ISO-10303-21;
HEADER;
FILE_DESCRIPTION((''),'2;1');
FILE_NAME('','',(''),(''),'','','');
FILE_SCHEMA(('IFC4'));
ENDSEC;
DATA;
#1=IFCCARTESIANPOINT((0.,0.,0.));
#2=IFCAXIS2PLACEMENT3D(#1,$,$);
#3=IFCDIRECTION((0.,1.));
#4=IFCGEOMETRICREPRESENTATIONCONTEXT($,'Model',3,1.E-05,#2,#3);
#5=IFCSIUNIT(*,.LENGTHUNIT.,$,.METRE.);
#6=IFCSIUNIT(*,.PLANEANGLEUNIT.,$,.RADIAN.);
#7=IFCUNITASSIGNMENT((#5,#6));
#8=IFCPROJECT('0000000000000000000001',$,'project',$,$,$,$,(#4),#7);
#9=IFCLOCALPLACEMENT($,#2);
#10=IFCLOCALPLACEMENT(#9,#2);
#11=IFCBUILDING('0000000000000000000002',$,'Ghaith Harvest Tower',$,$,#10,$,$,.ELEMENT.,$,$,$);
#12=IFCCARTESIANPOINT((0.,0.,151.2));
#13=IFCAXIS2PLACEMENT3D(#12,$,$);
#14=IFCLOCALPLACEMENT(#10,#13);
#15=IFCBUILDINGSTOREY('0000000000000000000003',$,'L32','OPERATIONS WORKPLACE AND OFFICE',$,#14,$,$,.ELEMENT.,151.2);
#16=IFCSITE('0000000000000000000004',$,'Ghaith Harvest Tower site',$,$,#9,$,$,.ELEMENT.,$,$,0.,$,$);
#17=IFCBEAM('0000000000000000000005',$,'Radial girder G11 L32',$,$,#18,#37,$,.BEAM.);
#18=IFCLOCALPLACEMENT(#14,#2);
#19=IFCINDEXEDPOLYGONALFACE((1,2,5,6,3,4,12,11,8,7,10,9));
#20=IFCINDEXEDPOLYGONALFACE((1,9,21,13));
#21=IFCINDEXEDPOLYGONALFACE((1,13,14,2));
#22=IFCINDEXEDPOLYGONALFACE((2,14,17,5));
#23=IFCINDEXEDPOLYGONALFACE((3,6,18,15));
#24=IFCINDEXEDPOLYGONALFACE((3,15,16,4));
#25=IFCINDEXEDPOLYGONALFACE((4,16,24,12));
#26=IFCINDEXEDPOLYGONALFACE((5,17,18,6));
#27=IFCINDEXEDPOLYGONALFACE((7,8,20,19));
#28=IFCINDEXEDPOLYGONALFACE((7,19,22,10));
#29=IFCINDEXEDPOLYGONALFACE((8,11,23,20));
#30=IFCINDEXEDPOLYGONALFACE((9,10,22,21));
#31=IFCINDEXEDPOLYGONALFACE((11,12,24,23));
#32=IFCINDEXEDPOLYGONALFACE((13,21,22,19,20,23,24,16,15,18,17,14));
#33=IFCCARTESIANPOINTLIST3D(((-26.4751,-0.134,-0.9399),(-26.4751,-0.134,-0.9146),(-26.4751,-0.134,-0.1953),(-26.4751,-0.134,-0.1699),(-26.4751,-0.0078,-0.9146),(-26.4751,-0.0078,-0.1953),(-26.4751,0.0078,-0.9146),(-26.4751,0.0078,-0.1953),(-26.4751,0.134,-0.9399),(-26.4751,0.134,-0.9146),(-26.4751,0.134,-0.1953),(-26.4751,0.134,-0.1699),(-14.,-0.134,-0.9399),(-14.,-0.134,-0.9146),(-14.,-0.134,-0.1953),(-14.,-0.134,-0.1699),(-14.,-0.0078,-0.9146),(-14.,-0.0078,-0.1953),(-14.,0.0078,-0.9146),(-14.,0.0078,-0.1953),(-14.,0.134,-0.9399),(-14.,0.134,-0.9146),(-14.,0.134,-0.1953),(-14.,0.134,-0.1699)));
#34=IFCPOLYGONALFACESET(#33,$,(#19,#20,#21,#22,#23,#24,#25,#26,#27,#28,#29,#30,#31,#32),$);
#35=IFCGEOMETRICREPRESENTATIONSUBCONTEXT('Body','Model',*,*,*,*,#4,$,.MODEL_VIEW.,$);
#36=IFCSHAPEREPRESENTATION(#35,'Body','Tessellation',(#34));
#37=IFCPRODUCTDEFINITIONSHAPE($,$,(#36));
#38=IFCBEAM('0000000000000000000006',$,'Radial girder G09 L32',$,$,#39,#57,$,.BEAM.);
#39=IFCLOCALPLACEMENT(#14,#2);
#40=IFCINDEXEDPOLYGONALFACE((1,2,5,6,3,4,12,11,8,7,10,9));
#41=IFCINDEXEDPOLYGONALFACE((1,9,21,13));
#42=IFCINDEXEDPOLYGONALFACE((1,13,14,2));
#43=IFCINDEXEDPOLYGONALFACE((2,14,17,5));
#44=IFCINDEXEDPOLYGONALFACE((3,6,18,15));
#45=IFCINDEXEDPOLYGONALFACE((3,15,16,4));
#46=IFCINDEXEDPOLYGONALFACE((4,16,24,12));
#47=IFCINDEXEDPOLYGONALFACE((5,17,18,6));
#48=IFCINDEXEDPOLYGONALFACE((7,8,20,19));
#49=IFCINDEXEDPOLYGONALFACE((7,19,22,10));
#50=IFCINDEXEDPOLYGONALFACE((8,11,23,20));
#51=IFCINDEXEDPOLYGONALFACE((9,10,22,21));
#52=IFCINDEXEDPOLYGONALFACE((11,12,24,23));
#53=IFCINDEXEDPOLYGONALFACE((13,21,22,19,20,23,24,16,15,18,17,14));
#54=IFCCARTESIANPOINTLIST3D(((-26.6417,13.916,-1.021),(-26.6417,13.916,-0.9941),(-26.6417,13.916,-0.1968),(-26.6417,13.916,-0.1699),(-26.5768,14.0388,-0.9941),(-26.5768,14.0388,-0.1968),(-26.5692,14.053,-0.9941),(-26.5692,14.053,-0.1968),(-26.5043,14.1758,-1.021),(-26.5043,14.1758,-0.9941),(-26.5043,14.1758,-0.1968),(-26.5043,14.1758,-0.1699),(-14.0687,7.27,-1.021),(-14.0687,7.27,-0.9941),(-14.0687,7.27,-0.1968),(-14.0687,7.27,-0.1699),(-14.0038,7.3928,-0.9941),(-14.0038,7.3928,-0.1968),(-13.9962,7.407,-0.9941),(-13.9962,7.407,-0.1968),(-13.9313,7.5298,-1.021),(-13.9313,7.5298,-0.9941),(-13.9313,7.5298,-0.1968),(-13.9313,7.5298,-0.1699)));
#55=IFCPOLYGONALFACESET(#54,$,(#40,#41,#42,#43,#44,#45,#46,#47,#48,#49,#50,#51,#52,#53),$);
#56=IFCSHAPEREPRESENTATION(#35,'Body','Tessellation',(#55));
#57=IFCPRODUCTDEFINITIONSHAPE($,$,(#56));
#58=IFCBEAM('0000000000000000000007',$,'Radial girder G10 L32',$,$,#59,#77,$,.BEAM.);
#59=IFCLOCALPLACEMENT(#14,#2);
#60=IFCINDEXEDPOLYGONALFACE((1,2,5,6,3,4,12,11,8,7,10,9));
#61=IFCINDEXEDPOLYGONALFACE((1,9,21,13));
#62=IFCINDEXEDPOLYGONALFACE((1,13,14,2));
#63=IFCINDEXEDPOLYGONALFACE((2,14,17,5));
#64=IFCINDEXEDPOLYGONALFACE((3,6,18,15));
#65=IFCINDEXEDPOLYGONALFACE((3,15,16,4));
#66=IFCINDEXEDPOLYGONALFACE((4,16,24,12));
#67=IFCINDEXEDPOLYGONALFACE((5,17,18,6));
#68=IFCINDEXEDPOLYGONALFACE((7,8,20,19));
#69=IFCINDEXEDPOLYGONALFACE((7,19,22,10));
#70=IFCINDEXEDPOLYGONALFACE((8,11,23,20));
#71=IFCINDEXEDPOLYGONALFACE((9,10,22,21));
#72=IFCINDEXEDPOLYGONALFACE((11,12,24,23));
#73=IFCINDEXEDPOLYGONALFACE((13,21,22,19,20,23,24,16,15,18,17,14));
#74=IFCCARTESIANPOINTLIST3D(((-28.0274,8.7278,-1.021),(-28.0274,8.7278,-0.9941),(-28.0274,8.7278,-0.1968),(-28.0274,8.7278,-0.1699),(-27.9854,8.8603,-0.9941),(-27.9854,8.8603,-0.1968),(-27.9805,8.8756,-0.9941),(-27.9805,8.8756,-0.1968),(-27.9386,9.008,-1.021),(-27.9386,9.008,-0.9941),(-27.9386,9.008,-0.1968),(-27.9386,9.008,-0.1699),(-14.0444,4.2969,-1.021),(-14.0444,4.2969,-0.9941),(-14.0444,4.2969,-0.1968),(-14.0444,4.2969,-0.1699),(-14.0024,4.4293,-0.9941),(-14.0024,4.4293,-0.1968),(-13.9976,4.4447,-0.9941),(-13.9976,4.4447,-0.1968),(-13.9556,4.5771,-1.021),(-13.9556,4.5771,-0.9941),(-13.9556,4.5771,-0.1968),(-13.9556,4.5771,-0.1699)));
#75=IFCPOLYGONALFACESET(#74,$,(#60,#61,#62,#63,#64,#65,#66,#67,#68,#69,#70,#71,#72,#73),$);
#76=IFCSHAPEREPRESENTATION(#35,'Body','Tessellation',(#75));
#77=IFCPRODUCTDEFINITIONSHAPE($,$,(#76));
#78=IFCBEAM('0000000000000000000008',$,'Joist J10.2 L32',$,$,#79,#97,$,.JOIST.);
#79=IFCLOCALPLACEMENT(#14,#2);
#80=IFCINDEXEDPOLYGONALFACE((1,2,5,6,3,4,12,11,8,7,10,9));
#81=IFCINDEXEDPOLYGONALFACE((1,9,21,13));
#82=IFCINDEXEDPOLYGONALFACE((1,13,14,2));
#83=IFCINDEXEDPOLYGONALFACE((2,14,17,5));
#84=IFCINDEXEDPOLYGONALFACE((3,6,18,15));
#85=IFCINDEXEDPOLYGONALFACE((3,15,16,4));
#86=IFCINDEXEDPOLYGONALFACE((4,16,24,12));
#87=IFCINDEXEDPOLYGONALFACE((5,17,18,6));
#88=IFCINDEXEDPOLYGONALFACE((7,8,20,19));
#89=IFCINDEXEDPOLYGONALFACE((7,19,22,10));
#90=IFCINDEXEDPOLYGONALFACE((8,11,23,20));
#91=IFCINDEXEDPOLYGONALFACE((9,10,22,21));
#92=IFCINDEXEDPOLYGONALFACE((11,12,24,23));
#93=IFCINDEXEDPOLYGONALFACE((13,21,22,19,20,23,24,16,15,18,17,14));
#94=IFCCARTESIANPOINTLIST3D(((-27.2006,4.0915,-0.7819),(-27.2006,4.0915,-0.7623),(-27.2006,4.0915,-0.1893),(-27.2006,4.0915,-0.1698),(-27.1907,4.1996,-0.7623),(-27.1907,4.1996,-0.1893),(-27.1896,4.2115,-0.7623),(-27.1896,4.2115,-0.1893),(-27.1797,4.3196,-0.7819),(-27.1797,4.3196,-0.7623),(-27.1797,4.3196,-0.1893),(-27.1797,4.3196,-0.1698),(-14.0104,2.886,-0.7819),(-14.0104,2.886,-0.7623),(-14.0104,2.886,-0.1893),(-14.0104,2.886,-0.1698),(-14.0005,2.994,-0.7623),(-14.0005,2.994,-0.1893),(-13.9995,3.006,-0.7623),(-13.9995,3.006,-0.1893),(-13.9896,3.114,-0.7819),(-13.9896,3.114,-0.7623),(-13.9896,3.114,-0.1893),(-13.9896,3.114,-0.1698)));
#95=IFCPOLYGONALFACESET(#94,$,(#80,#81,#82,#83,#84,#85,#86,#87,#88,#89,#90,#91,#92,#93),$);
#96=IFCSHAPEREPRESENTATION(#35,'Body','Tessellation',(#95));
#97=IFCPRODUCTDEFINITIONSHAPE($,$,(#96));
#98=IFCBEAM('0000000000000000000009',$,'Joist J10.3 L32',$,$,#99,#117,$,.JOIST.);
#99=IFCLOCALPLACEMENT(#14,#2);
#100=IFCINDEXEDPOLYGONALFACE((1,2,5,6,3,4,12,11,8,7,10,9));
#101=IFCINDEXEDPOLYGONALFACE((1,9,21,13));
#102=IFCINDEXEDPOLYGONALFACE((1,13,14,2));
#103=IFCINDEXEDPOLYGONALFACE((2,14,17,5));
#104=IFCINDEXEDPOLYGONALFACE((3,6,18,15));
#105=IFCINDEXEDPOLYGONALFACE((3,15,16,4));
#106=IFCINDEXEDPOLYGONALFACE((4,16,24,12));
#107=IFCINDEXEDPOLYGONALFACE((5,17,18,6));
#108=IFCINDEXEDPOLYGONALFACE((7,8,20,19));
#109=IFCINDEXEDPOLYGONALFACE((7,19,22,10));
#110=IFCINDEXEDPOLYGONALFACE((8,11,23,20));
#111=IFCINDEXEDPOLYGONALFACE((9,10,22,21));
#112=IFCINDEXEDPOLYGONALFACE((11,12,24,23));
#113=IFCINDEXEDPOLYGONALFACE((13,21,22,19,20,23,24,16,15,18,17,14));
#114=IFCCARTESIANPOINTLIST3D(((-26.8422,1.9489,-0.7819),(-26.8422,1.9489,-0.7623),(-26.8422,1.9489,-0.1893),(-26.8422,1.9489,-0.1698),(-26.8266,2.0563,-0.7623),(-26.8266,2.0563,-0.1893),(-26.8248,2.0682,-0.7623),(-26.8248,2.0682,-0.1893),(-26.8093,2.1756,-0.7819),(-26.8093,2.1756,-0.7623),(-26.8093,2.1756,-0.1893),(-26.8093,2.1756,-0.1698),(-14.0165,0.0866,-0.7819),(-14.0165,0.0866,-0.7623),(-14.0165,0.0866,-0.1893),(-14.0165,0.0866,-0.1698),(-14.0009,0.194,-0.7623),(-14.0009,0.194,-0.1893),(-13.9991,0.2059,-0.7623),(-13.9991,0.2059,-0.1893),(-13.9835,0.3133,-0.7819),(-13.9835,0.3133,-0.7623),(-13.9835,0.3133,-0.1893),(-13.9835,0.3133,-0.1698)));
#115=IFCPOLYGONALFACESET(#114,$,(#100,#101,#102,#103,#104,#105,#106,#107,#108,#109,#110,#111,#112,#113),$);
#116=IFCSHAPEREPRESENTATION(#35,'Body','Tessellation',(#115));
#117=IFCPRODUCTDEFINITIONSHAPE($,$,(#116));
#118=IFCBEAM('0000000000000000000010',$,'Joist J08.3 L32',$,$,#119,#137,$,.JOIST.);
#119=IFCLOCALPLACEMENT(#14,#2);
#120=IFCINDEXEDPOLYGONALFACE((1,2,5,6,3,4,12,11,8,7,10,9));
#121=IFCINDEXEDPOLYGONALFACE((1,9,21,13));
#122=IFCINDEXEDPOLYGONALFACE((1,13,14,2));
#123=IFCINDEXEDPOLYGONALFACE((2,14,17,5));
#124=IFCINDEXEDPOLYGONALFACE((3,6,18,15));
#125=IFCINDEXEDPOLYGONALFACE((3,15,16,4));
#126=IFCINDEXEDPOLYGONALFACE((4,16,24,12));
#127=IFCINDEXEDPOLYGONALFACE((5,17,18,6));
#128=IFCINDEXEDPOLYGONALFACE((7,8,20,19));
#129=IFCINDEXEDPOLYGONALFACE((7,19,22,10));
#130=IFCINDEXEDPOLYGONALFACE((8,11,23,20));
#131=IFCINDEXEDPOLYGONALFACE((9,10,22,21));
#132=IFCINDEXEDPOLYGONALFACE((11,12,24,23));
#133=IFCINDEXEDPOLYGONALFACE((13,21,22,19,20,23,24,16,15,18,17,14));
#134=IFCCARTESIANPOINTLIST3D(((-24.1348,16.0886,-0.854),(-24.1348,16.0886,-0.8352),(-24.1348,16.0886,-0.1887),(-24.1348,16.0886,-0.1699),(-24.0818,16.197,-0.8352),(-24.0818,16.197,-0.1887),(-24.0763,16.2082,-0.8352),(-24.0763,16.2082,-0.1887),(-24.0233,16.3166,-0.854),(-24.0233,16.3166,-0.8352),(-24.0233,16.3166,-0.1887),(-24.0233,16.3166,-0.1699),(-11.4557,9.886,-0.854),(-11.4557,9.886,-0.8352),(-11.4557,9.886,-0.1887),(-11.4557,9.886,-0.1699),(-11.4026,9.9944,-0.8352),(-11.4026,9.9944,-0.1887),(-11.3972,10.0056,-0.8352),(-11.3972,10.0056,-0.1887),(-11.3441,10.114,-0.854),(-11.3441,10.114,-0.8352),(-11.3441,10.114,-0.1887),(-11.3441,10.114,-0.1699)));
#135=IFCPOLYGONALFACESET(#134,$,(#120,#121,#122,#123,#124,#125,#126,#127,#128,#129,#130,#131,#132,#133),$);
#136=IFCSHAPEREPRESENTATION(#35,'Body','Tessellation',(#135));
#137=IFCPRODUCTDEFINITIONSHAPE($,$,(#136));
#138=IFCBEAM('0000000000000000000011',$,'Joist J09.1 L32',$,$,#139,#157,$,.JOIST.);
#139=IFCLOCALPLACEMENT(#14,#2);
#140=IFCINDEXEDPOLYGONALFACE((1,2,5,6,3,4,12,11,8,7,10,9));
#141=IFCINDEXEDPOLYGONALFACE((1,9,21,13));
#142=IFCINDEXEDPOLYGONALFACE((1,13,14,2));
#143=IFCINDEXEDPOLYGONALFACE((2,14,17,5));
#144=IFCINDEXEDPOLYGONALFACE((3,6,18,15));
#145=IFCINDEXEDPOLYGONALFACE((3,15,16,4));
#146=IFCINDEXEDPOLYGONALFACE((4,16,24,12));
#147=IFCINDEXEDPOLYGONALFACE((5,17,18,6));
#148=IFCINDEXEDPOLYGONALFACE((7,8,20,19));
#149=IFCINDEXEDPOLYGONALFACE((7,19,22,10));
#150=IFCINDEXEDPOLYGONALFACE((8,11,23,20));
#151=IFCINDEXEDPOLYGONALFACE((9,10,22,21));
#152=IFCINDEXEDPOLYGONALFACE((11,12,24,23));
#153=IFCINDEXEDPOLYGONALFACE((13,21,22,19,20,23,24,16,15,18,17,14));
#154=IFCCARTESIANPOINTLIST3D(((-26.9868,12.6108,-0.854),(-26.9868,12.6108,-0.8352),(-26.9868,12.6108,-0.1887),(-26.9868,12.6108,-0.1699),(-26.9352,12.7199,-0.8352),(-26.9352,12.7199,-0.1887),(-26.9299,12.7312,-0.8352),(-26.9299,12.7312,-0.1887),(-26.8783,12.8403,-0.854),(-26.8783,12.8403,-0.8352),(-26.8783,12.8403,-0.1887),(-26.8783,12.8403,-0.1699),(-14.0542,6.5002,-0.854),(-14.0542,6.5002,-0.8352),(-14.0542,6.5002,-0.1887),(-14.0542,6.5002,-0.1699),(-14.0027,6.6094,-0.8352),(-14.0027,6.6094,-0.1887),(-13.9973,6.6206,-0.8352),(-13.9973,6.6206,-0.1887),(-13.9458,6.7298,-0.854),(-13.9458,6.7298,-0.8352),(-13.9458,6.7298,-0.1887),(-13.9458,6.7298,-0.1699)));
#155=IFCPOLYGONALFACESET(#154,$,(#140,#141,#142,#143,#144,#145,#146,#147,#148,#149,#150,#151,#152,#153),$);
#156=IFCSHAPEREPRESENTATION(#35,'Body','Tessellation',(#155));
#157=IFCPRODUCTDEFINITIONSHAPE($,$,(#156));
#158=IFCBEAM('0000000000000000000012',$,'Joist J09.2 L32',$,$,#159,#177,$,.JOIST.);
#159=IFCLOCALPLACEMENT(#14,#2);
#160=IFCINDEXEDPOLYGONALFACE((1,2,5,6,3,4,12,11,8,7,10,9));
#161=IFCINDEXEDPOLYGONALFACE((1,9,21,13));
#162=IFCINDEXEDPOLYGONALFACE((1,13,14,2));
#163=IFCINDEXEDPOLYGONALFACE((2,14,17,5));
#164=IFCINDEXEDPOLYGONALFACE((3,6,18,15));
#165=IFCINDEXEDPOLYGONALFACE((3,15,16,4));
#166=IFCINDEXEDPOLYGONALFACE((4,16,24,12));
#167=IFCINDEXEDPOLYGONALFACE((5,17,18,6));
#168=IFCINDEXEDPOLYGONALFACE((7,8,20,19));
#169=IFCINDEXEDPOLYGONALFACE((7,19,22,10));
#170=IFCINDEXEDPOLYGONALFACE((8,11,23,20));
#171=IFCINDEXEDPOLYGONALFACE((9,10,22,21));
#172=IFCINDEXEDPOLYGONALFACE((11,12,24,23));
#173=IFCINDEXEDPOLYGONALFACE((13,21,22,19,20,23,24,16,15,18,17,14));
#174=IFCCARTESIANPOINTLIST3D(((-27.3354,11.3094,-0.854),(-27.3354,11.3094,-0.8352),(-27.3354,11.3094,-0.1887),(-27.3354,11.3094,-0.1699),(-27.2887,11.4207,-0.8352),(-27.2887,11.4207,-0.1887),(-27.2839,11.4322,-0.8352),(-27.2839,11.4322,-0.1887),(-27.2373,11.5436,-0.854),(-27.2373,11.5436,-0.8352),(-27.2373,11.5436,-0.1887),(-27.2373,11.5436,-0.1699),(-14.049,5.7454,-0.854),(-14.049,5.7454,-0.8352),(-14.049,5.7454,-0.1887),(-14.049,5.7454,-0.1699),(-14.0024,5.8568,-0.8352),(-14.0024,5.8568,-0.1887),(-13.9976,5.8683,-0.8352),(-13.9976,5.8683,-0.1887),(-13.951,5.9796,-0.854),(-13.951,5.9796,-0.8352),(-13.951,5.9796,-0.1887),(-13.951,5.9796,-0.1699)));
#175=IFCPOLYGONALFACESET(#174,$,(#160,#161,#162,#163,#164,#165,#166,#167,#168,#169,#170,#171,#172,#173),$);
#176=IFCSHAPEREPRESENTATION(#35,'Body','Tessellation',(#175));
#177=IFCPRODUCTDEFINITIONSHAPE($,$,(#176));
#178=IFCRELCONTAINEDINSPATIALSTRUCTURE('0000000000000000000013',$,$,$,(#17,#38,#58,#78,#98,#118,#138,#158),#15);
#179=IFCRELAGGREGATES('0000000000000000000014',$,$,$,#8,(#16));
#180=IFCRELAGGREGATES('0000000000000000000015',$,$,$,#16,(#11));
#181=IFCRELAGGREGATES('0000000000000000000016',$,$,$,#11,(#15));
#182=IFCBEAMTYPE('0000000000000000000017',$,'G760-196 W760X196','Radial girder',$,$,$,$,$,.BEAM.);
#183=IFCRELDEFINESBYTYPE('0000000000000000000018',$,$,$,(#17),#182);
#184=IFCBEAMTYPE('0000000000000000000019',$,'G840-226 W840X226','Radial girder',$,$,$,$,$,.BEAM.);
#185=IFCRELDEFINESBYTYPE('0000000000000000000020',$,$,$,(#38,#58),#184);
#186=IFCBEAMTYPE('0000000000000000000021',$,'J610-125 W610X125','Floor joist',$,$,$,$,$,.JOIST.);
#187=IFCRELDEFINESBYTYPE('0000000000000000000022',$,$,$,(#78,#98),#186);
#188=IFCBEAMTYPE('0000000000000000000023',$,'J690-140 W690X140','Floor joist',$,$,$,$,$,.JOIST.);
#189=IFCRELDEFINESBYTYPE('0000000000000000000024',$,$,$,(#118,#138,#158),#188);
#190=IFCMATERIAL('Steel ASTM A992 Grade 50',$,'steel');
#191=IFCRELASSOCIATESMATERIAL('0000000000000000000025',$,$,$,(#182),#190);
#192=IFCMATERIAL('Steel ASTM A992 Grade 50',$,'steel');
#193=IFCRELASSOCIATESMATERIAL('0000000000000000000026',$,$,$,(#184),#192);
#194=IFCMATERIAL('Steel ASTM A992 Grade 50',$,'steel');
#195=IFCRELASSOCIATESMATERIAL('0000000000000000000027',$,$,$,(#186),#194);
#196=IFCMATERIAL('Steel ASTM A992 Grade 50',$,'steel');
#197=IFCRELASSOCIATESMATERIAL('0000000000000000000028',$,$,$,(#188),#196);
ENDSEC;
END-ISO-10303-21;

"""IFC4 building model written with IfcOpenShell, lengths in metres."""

from ifc_helpers import new_model, si_unit, direction, frame, origin, origin_2d, place, context, subcontext, project, spatial, i_section, extrude, material, material_profile, profile_set, type_object, element, save


model = new_model("IFC4")

# Units and contexts
model_context = context("Model", 3, precision=1e-05, world=origin(), true_north=direction((0.0, 1.0)))
body_context = subcontext(model_context, "Body", "Model", "MODEL_VIEW")
ifc_project = project(units=[si_unit("LENGTHUNIT", "METRE"), si_unit("PLANEANGLEUNIT", "RADIAN")], contexts=[model_context])

# Site, building, storey
site_placement = place(None, origin())
site = spatial("IfcSite", under=ifc_project, at=site_placement, Name="Ghaith Harvest Tower site", CompositionType="ELEMENT", RefElevation=0.0)
building_placement = place(site_placement, origin())
building = spatial("IfcBuilding", under=site, at=building_placement, Name="Ghaith Harvest Tower", CompositionType="ELEMENT")
storey_placement = place(building_placement, frame((0.0, 0.0, 151.2)))
storey = spatial("IfcBuildingStorey", under=building, at=storey_placement, Name="L32", Description="OPERATIONS WORKPLACE AND OFFICE", CompositionType="ELEMENT", Elevation=151.2)

# Beams
ifc_material_1 = material(Name="Steel ASTM A992 Grade 50", Category="steel")
ifc_material_profile_1 = material_profile(ifc_material_1, i_section(OverallWidth=0.2681, OverallDepth=0.77, WebThickness=0.0156, FlangeThickness=0.0254, at=origin_2d()), Name="W760X196")
ifc_profile_set_1 = profile_set([ifc_material_profile_1], Name="Steel ASTM A992 Grade 50")
beam_type_1 = type_object("IfcBeamType", Name="G760-196 W760X196", Description="Radial girder", PredefinedType="BEAM", material=ifc_profile_set_1)
beam_1_placement = place(storey_placement, frame((-14.0, 0.0, -0.5549), z_axis=(-1.0, 0.0, 0.0), x_axis=(0.0, -1.0, 0.0)))
element("IfcBeam", 1, at=beam_1_placement, inside=storey, type_object=beam_type_1, Name="Radial girder G11 L32", PredefinedType="BEAM", context=body_context, shape_type="SweptSolid", body=[
    extrude(i_section(OverallWidth=0.2681, OverallDepth=0.77, WebThickness=0.0156, FlangeThickness=0.0254, at=origin_2d()), origin(), (0.0, 0.0, 1.0), 12.4751),
])
ifc_material_2 = material(Name="Steel ASTM A992 Grade 50", Category="steel")
ifc_material_profile_2 = material_profile(ifc_material_2, i_section(OverallWidth=0.2939, OverallDepth=0.8511, WebThickness=0.0161, FlangeThickness=0.0269, at=origin_2d()), Name="W840X226")
ifc_profile_set_2 = profile_set([ifc_material_profile_2], Name="Steel ASTM A992 Grade 50")
beam_type_2 = type_object("IfcBeamType", Name="G840-226 W840X226", Description="Radial girder", PredefinedType="BEAM", material=ifc_profile_set_2)
beam_2_placement = place(storey_placement, frame((-14.0, 7.3999, -0.5955), z_axis=(-0.884087, 0.467322, 0.0), x_axis=(-0.467322, -0.884087, 0.0)))
element("IfcBeam", 2, at=beam_2_placement, inside=storey, type_object=beam_type_2, Name="Radial girder G09 L32", PredefinedType="BEAM", context=body_context, shape_type="SweptSolid", body=[
    extrude(i_section(OverallWidth=0.2939, OverallDepth=0.8511, WebThickness=0.0161, FlangeThickness=0.0269, at=origin_2d()), origin(), (0.0, 0.0, 1.0), 14.2214),
])
beam_3_placement = place(storey_placement, frame((-14.0, 4.437, -0.5955), z_axis=(-0.953284, 0.302077, 0.0), x_axis=(-0.302077, -0.953284, 0.0)))
element("IfcBeam", 3, at=beam_3_placement, inside=storey, type_object=beam_type_2, Name="Radial girder G10 L32", PredefinedType="BEAM", context=body_context, shape_type="SweptSolid", body=[
    extrude(i_section(OverallWidth=0.2939, OverallDepth=0.8511, WebThickness=0.0161, FlangeThickness=0.0269, at=origin_2d()), origin(), (0.0, 0.0, 1.0), 14.6682),
])
ifc_material_3 = material(Name="Steel ASTM A992 Grade 50", Category="steel")
ifc_material_profile_3 = material_profile(ifc_material_3, i_section(OverallWidth=0.229, OverallDepth=0.6121, WebThickness=0.012, FlangeThickness=0.0195, at=origin_2d()), Name="W610X125")
ifc_profile_set_3 = profile_set([ifc_material_profile_3], Name="Steel ASTM A992 Grade 50")
beam_type_3 = type_object("IfcBeamType", Name="J610-125 W610X125", Description="Floor joist", PredefinedType="JOIST", material=ifc_profile_set_3)
beam_4_placement = place(storey_placement, frame((-14.0, 3.0, -0.4758), z_axis=(-0.995849, 0.091019, 0.0), x_axis=(-0.091019, -0.995849, 0.0)))
element("IfcBeam", 4, at=beam_4_placement, inside=storey, type_object=beam_type_3, Name="Joist J10.2 L32", PredefinedType="JOIST", context=body_context, shape_type="SweptSolid", body=[
    extrude(i_section(OverallWidth=0.229, OverallDepth=0.6121, WebThickness=0.012, FlangeThickness=0.0195, at=origin_2d()), origin(), (0.0, 0.0, 1.0), 13.2451),
])
beam_5_placement = place(storey_placement, frame((-14.0, 0.2, -0.4758), z_axis=(-0.989622, 0.143694, 0.0), x_axis=(-0.143694, -0.989622, 0.0)))
element("IfcBeam", 5, at=beam_5_placement, inside=storey, type_object=beam_type_3, Name="Joist J10.3 L32", PredefinedType="JOIST", context=body_context, shape_type="SweptSolid", body=[
    extrude(i_section(OverallWidth=0.229, OverallDepth=0.6121, WebThickness=0.012, FlangeThickness=0.0195, at=origin_2d()), origin(), (0.0, 0.0, 1.0), 12.9602),
])
ifc_material_4 = material(Name="Steel ASTM A992 Grade 50", Category="steel")
ifc_material_profile_4 = material_profile(ifc_material_4, i_section(OverallWidth=0.2539, OverallDepth=0.6841, WebThickness=0.0125, FlangeThickness=0.0188, at=origin_2d()), Name="W690X140")
ifc_profile_set_4 = profile_set([ifc_material_profile_4], Name="Steel ASTM A992 Grade 50")
beam_type_4 = type_object("IfcBeamType", Name="J690-140 W690X140", Description="Floor joist", PredefinedType="JOIST", material=ifc_profile_set_4)
beam_6_placement = place(storey_placement, frame((-11.3999, 10.0, -0.512), z_axis=(-0.898275, 0.439434, 0.0), x_axis=(-0.439434, -0.898275, 0.0)))
element("IfcBeam", 6, at=beam_6_placement, inside=storey, type_object=beam_type_4, Name="Joist J08.3 L32", PredefinedType="JOIST", context=body_context, shape_type="SweptSolid", body=[
    extrude(i_section(OverallWidth=0.2539, OverallDepth=0.6841, WebThickness=0.0125, FlangeThickness=0.0188, at=origin_2d()), origin(), (0.0, 0.0, 1.0), 14.115),
])
beam_7_placement = place(storey_placement, frame((-14.0, 6.615, -0.512), z_axis=(-0.904153, 0.427208, 0.0), x_axis=(-0.427208, -0.904153, 0.0)))
element("IfcBeam", 7, at=beam_7_placement, inside=storey, type_object=beam_type_4, Name="Joist J09.1 L32", PredefinedType="JOIST", context=body_context, shape_type="SweptSolid", body=[
    extrude(i_section(OverallWidth=0.2539, OverallDepth=0.6841, WebThickness=0.0125, FlangeThickness=0.0188, at=origin_2d()), origin(), (0.0, 0.0, 1.0), 14.3035),
])
beam_8_placement = place(storey_placement, frame((-14.0, 5.8625, -0.512), z_axis=(-0.922386, 0.38627, 0.0), x_axis=(-0.38627, -0.922386, 0.0)))
element("IfcBeam", 8, at=beam_8_placement, inside=storey, type_object=beam_type_4, Name="Joist J09.2 L32", PredefinedType="JOIST", context=body_context, shape_type="SweptSolid", body=[
    extrude(i_section(OverallWidth=0.2539, OverallDepth=0.6841, WebThickness=0.0125, FlangeThickness=0.0188, at=origin_2d()), origin(), (0.0, 0.0, 1.0), 14.4043),
])

save(model, "model.ifc")
